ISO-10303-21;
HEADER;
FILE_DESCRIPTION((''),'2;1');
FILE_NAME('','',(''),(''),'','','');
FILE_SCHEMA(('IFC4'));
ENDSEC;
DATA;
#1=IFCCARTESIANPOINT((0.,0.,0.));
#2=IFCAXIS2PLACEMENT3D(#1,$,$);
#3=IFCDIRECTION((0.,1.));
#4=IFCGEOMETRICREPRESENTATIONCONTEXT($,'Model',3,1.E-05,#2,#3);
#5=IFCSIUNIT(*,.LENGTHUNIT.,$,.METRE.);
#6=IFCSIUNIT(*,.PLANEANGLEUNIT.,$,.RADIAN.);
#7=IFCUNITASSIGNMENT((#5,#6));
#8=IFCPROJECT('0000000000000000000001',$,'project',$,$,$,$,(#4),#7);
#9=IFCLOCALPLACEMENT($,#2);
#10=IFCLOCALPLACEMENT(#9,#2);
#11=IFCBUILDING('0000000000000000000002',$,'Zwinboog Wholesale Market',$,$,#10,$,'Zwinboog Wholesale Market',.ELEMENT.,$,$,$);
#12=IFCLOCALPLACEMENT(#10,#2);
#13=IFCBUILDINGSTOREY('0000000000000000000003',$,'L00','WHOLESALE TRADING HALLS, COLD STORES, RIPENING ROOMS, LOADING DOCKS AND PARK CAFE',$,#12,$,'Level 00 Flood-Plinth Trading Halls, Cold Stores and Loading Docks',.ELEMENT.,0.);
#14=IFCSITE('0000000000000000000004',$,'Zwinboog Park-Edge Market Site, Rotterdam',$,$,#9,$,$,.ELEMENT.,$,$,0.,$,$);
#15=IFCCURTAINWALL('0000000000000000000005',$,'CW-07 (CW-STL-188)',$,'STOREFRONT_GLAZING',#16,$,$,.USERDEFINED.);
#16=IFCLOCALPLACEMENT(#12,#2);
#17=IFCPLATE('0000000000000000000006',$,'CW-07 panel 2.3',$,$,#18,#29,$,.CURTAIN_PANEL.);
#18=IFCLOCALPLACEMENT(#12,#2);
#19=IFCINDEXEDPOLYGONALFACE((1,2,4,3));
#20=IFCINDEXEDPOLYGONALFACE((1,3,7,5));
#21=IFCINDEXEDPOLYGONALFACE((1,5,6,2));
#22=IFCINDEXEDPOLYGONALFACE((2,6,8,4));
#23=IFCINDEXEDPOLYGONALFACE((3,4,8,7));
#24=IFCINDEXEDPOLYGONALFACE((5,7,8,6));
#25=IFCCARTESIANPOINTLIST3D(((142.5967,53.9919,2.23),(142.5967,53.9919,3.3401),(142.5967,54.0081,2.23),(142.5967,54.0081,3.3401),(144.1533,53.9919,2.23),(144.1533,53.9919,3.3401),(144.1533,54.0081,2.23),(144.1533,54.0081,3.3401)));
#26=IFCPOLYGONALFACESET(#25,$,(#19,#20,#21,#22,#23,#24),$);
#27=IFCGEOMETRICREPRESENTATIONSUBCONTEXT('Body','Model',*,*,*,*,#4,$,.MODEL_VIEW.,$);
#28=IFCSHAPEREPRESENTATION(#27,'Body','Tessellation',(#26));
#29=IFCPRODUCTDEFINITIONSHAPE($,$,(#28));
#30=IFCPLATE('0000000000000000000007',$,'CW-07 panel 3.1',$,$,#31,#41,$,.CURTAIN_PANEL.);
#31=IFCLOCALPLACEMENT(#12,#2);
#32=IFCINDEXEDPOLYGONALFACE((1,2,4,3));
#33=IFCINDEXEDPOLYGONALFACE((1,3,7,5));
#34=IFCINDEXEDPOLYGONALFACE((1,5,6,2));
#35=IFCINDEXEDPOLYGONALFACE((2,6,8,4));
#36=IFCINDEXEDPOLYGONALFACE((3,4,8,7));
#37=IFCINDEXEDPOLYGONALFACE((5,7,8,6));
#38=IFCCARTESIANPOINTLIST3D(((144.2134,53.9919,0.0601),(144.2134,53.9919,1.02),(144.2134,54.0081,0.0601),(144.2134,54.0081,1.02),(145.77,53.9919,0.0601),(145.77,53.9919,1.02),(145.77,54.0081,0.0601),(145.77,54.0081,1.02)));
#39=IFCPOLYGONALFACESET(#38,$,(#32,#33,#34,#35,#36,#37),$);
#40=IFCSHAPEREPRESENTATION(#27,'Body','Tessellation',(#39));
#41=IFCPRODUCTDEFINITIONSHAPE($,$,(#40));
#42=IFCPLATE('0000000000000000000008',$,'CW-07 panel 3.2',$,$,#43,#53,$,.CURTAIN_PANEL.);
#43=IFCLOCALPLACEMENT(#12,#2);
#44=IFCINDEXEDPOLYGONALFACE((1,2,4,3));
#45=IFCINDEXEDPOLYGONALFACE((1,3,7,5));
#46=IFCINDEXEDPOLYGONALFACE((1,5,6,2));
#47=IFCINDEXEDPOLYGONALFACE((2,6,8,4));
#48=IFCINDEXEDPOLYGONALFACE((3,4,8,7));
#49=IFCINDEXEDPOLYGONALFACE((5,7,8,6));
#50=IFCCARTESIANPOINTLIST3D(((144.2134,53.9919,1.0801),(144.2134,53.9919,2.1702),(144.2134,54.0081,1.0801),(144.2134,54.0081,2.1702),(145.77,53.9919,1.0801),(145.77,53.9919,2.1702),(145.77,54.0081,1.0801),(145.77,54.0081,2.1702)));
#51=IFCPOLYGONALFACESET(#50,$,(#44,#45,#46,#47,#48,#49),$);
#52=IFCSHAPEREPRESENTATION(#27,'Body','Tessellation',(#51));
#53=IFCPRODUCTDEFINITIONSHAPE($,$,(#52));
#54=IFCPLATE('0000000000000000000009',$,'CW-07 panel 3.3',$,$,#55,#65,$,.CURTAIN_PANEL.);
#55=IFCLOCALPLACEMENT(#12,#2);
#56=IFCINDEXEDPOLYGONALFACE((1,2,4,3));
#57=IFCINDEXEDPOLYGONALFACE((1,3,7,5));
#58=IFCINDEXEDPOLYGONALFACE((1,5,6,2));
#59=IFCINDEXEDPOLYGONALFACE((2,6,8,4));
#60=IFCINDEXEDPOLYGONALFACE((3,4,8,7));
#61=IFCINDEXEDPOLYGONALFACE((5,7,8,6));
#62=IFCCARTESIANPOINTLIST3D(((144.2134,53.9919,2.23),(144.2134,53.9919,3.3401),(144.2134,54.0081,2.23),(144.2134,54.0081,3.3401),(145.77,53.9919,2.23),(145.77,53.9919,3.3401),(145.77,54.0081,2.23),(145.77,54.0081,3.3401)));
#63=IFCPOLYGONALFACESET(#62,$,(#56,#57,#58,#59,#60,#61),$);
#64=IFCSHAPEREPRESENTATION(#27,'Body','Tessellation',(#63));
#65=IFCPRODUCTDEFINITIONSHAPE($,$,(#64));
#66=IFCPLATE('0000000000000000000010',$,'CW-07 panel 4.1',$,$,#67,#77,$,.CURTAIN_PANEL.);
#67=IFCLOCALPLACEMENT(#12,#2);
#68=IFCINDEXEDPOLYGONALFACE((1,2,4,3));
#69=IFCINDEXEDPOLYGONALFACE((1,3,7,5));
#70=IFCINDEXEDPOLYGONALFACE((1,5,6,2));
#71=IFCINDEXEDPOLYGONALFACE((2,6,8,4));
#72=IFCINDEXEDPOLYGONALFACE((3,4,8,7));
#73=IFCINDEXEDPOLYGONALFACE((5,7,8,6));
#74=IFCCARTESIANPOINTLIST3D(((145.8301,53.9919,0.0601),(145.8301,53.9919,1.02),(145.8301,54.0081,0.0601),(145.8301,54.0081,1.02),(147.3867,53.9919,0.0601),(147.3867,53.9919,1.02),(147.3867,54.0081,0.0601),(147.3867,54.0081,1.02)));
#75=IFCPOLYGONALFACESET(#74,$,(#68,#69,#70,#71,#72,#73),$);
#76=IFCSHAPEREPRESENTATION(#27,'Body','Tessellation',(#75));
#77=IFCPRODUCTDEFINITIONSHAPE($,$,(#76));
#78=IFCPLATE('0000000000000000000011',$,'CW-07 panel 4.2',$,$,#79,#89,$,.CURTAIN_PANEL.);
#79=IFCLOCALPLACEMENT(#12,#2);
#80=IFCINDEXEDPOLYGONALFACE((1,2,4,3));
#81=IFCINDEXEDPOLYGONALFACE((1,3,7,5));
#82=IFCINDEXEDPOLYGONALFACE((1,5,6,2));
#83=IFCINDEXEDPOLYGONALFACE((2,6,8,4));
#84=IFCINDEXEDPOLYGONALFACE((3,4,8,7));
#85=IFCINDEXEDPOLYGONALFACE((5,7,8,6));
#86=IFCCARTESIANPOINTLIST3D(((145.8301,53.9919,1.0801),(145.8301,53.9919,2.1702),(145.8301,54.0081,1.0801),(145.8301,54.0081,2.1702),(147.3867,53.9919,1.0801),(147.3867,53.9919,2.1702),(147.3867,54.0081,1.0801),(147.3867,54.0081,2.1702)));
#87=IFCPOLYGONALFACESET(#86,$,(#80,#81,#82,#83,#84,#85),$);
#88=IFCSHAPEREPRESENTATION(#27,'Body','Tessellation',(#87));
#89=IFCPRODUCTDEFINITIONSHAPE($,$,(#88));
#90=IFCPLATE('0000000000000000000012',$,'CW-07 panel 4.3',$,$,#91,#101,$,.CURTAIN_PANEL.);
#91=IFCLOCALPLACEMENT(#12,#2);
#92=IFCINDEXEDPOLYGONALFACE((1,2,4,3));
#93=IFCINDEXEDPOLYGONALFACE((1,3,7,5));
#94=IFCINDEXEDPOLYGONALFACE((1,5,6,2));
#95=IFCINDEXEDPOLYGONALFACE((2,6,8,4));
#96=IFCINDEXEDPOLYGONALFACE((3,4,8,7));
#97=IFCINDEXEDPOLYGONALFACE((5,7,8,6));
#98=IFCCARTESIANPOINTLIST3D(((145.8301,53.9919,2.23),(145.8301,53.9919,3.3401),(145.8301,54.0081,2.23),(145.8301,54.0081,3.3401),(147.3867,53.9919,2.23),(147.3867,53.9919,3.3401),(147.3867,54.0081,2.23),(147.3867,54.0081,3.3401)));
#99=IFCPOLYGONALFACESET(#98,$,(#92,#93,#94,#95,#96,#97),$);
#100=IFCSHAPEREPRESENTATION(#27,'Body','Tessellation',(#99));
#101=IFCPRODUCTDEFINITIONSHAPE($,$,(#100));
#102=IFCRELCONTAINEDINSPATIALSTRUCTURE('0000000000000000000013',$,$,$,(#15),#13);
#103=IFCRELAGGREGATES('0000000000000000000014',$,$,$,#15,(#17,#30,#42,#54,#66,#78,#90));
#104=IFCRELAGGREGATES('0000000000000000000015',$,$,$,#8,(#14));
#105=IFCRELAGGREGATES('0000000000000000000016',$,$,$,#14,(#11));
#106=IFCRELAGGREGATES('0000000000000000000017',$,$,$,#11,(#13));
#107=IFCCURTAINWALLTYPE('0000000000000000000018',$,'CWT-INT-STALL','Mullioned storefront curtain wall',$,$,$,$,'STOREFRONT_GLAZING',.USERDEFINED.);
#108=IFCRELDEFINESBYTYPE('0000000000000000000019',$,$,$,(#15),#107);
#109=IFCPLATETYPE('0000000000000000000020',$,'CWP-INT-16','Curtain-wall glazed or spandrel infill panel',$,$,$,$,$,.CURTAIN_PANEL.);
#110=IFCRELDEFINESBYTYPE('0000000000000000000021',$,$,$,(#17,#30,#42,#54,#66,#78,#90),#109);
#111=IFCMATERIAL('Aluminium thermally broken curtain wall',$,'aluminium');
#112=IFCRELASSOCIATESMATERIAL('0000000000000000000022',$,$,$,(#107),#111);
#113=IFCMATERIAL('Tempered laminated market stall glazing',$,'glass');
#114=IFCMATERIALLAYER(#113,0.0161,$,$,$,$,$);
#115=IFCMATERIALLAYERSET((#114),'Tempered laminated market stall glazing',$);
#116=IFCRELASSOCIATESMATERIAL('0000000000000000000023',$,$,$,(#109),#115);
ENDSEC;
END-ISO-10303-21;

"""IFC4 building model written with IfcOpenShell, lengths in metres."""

from ifc_helpers import new_model, si_unit, direction, frame, origin, origin_2d, place, context, subcontext, project, spatial, rectangle, extrude, material, layer, layer_set, type_object, element, aggregate, save


model = new_model("IFC4")

# Units and contexts
model_context = context("Model", 3, precision=1e-05, world=origin(), true_north=direction((0.0, 1.0)))
body_context = subcontext(model_context, "Body", "Model", "MODEL_VIEW")
ifc_project = project(units=[si_unit("LENGTHUNIT", "METRE"), si_unit("PLANEANGLEUNIT", "RADIAN")], contexts=[model_context])

# Site, building, storey
site_placement = place(None, origin())
site = spatial("IfcSite", under=ifc_project, at=site_placement, Name="Zwinboog Park-Edge Market Site, Rotterdam", CompositionType="ELEMENT", RefElevation=0.0)
building_placement = place(site_placement, origin())
building = spatial("IfcBuilding", under=site, at=building_placement, Name="Zwinboog Wholesale Market", LongName="Zwinboog Wholesale Market", CompositionType="ELEMENT")
storey_placement = place(building_placement, origin())
storey = spatial("IfcBuildingStorey", under=building, at=storey_placement, Name="L00", Description="WHOLESALE TRADING HALLS, COLD STORES, RIPENING ROOMS, LOADING DOCKS AND PARK CAFE", LongName="Level 00 Flood-Plinth Trading Halls, Cold Stores and Loading Docks", CompositionType="ELEMENT", Elevation=0.0)

# Curtain wall, plates
ifc_material_1 = material(Name="Aluminium thermally broken curtain wall", Category="aluminium")
curtain_wall_type = type_object("IfcCurtainWallType", Name="CWT-INT-STALL", Description="Mullioned storefront curtain wall", ElementType="STOREFRONT_GLAZING", PredefinedType="USERDEFINED", material=ifc_material_1)
curtain_wall_placement = place(storey_placement, origin())
curtain_wall = element("IfcCurtainWall", 1, at=curtain_wall_placement, inside=storey, type_object=curtain_wall_type, Name="CW-07 (CW-STL-188)", ObjectType="STOREFRONT_GLAZING", PredefinedType="USERDEFINED")
ifc_material_2 = material(Name="Tempered laminated market stall glazing", Category="glass")
ifc_layer = layer(ifc_material_2, 0.0161)
ifc_layer_set = layer_set([ifc_layer], Name="Tempered laminated market stall glazing")
plate_type = type_object("IfcPlateType", Name="CWP-INT-16", Description="Curtain-wall glazed or spandrel infill panel", PredefinedType="CURTAIN_PANEL", material=ifc_layer_set)
plate_1_placement = place(storey_placement, frame((143.375, 54.0, 2.23), z_axis=(0.0, 0.0, 1.0), x_axis=(1.0, 0.0, 0.0)))
plate_1 = element("IfcPlate", 2, at=plate_1_placement, type_object=plate_type, Name="CW-07 panel 2.3", PredefinedType="CURTAIN_PANEL", context=body_context, shape_type="SweptSolid", body=[
    extrude(rectangle(XDim=1.5566, YDim=0.0161, at=origin_2d()), origin(), (0.0, 0.0, 1.0), 1.1101),
])
plate_2_placement = place(storey_placement, frame((144.9917, 54.0, 0.0601), z_axis=(0.0, 0.0, 1.0), x_axis=(1.0, 0.0, 0.0)))
plate_2 = element("IfcPlate", 3, at=plate_2_placement, type_object=plate_type, Name="CW-07 panel 3.1", PredefinedType="CURTAIN_PANEL", context=body_context, shape_type="SweptSolid", body=[
    extrude(rectangle(XDim=1.5566, YDim=0.0161, at=origin_2d()), origin(), (0.0, 0.0, 1.0), 0.96),
])
plate_3_placement = place(storey_placement, frame((144.9917, 54.0, 1.0801), z_axis=(0.0, 0.0, 1.0), x_axis=(1.0, 0.0, 0.0)))
plate_3 = element("IfcPlate", 4, at=plate_3_placement, type_object=plate_type, Name="CW-07 panel 3.2", PredefinedType="CURTAIN_PANEL", context=body_context, shape_type="SweptSolid", body=[
    extrude(rectangle(XDim=1.5566, YDim=0.0161, at=origin_2d()), origin(), (0.0, 0.0, 1.0), 1.0901),
])
plate_4_placement = place(storey_placement, frame((144.9917, 54.0, 2.23), z_axis=(0.0, 0.0, 1.0), x_axis=(1.0, 0.0, 0.0)))
plate_4 = element("IfcPlate", 5, at=plate_4_placement, type_object=plate_type, Name="CW-07 panel 3.3", PredefinedType="CURTAIN_PANEL", context=body_context, shape_type="SweptSolid", body=[
    extrude(rectangle(XDim=1.5566, YDim=0.0161, at=origin_2d()), origin(), (0.0, 0.0, 1.0), 1.1101),
])
plate_5_placement = place(storey_placement, frame((146.6084, 54.0, 0.0601), z_axis=(0.0, 0.0, 1.0), x_axis=(1.0, 0.0, 0.0)))
plate_5 = element("IfcPlate", 6, at=plate_5_placement, type_object=plate_type, Name="CW-07 panel 4.1", PredefinedType="CURTAIN_PANEL", context=body_context, shape_type="SweptSolid", body=[
    extrude(rectangle(XDim=1.5566, YDim=0.0161, at=origin_2d()), origin(), (0.0, 0.0, 1.0), 0.96),
])
plate_6_placement = place(storey_placement, frame((146.6084, 54.0, 1.0801), z_axis=(0.0, 0.0, 1.0), x_axis=(1.0, 0.0, 0.0)))
plate_6 = element("IfcPlate", 7, at=plate_6_placement, type_object=plate_type, Name="CW-07 panel 4.2", PredefinedType="CURTAIN_PANEL", context=body_context, shape_type="SweptSolid", body=[
    extrude(rectangle(XDim=1.5566, YDim=0.0161, at=origin_2d()), origin(), (0.0, 0.0, 1.0), 1.0901),
])
plate_7_placement = place(storey_placement, frame((146.6084, 54.0, 2.23), z_axis=(0.0, 0.0, 1.0), x_axis=(1.0, 0.0, 0.0)))
plate_7 = element("IfcPlate", 8, at=plate_7_placement, type_object=plate_type, Name="CW-07 panel 4.3", PredefinedType="CURTAIN_PANEL", context=body_context, shape_type="SweptSolid", body=[
    extrude(rectangle(XDim=1.5566, YDim=0.0161, at=origin_2d()), origin(), (0.0, 0.0, 1.0), 1.1101),
])
aggregate(curtain_wall, [plate_1, plate_2, plate_3, plate_4, plate_5, plate_6, plate_7])

save(model, "model.ifc")
